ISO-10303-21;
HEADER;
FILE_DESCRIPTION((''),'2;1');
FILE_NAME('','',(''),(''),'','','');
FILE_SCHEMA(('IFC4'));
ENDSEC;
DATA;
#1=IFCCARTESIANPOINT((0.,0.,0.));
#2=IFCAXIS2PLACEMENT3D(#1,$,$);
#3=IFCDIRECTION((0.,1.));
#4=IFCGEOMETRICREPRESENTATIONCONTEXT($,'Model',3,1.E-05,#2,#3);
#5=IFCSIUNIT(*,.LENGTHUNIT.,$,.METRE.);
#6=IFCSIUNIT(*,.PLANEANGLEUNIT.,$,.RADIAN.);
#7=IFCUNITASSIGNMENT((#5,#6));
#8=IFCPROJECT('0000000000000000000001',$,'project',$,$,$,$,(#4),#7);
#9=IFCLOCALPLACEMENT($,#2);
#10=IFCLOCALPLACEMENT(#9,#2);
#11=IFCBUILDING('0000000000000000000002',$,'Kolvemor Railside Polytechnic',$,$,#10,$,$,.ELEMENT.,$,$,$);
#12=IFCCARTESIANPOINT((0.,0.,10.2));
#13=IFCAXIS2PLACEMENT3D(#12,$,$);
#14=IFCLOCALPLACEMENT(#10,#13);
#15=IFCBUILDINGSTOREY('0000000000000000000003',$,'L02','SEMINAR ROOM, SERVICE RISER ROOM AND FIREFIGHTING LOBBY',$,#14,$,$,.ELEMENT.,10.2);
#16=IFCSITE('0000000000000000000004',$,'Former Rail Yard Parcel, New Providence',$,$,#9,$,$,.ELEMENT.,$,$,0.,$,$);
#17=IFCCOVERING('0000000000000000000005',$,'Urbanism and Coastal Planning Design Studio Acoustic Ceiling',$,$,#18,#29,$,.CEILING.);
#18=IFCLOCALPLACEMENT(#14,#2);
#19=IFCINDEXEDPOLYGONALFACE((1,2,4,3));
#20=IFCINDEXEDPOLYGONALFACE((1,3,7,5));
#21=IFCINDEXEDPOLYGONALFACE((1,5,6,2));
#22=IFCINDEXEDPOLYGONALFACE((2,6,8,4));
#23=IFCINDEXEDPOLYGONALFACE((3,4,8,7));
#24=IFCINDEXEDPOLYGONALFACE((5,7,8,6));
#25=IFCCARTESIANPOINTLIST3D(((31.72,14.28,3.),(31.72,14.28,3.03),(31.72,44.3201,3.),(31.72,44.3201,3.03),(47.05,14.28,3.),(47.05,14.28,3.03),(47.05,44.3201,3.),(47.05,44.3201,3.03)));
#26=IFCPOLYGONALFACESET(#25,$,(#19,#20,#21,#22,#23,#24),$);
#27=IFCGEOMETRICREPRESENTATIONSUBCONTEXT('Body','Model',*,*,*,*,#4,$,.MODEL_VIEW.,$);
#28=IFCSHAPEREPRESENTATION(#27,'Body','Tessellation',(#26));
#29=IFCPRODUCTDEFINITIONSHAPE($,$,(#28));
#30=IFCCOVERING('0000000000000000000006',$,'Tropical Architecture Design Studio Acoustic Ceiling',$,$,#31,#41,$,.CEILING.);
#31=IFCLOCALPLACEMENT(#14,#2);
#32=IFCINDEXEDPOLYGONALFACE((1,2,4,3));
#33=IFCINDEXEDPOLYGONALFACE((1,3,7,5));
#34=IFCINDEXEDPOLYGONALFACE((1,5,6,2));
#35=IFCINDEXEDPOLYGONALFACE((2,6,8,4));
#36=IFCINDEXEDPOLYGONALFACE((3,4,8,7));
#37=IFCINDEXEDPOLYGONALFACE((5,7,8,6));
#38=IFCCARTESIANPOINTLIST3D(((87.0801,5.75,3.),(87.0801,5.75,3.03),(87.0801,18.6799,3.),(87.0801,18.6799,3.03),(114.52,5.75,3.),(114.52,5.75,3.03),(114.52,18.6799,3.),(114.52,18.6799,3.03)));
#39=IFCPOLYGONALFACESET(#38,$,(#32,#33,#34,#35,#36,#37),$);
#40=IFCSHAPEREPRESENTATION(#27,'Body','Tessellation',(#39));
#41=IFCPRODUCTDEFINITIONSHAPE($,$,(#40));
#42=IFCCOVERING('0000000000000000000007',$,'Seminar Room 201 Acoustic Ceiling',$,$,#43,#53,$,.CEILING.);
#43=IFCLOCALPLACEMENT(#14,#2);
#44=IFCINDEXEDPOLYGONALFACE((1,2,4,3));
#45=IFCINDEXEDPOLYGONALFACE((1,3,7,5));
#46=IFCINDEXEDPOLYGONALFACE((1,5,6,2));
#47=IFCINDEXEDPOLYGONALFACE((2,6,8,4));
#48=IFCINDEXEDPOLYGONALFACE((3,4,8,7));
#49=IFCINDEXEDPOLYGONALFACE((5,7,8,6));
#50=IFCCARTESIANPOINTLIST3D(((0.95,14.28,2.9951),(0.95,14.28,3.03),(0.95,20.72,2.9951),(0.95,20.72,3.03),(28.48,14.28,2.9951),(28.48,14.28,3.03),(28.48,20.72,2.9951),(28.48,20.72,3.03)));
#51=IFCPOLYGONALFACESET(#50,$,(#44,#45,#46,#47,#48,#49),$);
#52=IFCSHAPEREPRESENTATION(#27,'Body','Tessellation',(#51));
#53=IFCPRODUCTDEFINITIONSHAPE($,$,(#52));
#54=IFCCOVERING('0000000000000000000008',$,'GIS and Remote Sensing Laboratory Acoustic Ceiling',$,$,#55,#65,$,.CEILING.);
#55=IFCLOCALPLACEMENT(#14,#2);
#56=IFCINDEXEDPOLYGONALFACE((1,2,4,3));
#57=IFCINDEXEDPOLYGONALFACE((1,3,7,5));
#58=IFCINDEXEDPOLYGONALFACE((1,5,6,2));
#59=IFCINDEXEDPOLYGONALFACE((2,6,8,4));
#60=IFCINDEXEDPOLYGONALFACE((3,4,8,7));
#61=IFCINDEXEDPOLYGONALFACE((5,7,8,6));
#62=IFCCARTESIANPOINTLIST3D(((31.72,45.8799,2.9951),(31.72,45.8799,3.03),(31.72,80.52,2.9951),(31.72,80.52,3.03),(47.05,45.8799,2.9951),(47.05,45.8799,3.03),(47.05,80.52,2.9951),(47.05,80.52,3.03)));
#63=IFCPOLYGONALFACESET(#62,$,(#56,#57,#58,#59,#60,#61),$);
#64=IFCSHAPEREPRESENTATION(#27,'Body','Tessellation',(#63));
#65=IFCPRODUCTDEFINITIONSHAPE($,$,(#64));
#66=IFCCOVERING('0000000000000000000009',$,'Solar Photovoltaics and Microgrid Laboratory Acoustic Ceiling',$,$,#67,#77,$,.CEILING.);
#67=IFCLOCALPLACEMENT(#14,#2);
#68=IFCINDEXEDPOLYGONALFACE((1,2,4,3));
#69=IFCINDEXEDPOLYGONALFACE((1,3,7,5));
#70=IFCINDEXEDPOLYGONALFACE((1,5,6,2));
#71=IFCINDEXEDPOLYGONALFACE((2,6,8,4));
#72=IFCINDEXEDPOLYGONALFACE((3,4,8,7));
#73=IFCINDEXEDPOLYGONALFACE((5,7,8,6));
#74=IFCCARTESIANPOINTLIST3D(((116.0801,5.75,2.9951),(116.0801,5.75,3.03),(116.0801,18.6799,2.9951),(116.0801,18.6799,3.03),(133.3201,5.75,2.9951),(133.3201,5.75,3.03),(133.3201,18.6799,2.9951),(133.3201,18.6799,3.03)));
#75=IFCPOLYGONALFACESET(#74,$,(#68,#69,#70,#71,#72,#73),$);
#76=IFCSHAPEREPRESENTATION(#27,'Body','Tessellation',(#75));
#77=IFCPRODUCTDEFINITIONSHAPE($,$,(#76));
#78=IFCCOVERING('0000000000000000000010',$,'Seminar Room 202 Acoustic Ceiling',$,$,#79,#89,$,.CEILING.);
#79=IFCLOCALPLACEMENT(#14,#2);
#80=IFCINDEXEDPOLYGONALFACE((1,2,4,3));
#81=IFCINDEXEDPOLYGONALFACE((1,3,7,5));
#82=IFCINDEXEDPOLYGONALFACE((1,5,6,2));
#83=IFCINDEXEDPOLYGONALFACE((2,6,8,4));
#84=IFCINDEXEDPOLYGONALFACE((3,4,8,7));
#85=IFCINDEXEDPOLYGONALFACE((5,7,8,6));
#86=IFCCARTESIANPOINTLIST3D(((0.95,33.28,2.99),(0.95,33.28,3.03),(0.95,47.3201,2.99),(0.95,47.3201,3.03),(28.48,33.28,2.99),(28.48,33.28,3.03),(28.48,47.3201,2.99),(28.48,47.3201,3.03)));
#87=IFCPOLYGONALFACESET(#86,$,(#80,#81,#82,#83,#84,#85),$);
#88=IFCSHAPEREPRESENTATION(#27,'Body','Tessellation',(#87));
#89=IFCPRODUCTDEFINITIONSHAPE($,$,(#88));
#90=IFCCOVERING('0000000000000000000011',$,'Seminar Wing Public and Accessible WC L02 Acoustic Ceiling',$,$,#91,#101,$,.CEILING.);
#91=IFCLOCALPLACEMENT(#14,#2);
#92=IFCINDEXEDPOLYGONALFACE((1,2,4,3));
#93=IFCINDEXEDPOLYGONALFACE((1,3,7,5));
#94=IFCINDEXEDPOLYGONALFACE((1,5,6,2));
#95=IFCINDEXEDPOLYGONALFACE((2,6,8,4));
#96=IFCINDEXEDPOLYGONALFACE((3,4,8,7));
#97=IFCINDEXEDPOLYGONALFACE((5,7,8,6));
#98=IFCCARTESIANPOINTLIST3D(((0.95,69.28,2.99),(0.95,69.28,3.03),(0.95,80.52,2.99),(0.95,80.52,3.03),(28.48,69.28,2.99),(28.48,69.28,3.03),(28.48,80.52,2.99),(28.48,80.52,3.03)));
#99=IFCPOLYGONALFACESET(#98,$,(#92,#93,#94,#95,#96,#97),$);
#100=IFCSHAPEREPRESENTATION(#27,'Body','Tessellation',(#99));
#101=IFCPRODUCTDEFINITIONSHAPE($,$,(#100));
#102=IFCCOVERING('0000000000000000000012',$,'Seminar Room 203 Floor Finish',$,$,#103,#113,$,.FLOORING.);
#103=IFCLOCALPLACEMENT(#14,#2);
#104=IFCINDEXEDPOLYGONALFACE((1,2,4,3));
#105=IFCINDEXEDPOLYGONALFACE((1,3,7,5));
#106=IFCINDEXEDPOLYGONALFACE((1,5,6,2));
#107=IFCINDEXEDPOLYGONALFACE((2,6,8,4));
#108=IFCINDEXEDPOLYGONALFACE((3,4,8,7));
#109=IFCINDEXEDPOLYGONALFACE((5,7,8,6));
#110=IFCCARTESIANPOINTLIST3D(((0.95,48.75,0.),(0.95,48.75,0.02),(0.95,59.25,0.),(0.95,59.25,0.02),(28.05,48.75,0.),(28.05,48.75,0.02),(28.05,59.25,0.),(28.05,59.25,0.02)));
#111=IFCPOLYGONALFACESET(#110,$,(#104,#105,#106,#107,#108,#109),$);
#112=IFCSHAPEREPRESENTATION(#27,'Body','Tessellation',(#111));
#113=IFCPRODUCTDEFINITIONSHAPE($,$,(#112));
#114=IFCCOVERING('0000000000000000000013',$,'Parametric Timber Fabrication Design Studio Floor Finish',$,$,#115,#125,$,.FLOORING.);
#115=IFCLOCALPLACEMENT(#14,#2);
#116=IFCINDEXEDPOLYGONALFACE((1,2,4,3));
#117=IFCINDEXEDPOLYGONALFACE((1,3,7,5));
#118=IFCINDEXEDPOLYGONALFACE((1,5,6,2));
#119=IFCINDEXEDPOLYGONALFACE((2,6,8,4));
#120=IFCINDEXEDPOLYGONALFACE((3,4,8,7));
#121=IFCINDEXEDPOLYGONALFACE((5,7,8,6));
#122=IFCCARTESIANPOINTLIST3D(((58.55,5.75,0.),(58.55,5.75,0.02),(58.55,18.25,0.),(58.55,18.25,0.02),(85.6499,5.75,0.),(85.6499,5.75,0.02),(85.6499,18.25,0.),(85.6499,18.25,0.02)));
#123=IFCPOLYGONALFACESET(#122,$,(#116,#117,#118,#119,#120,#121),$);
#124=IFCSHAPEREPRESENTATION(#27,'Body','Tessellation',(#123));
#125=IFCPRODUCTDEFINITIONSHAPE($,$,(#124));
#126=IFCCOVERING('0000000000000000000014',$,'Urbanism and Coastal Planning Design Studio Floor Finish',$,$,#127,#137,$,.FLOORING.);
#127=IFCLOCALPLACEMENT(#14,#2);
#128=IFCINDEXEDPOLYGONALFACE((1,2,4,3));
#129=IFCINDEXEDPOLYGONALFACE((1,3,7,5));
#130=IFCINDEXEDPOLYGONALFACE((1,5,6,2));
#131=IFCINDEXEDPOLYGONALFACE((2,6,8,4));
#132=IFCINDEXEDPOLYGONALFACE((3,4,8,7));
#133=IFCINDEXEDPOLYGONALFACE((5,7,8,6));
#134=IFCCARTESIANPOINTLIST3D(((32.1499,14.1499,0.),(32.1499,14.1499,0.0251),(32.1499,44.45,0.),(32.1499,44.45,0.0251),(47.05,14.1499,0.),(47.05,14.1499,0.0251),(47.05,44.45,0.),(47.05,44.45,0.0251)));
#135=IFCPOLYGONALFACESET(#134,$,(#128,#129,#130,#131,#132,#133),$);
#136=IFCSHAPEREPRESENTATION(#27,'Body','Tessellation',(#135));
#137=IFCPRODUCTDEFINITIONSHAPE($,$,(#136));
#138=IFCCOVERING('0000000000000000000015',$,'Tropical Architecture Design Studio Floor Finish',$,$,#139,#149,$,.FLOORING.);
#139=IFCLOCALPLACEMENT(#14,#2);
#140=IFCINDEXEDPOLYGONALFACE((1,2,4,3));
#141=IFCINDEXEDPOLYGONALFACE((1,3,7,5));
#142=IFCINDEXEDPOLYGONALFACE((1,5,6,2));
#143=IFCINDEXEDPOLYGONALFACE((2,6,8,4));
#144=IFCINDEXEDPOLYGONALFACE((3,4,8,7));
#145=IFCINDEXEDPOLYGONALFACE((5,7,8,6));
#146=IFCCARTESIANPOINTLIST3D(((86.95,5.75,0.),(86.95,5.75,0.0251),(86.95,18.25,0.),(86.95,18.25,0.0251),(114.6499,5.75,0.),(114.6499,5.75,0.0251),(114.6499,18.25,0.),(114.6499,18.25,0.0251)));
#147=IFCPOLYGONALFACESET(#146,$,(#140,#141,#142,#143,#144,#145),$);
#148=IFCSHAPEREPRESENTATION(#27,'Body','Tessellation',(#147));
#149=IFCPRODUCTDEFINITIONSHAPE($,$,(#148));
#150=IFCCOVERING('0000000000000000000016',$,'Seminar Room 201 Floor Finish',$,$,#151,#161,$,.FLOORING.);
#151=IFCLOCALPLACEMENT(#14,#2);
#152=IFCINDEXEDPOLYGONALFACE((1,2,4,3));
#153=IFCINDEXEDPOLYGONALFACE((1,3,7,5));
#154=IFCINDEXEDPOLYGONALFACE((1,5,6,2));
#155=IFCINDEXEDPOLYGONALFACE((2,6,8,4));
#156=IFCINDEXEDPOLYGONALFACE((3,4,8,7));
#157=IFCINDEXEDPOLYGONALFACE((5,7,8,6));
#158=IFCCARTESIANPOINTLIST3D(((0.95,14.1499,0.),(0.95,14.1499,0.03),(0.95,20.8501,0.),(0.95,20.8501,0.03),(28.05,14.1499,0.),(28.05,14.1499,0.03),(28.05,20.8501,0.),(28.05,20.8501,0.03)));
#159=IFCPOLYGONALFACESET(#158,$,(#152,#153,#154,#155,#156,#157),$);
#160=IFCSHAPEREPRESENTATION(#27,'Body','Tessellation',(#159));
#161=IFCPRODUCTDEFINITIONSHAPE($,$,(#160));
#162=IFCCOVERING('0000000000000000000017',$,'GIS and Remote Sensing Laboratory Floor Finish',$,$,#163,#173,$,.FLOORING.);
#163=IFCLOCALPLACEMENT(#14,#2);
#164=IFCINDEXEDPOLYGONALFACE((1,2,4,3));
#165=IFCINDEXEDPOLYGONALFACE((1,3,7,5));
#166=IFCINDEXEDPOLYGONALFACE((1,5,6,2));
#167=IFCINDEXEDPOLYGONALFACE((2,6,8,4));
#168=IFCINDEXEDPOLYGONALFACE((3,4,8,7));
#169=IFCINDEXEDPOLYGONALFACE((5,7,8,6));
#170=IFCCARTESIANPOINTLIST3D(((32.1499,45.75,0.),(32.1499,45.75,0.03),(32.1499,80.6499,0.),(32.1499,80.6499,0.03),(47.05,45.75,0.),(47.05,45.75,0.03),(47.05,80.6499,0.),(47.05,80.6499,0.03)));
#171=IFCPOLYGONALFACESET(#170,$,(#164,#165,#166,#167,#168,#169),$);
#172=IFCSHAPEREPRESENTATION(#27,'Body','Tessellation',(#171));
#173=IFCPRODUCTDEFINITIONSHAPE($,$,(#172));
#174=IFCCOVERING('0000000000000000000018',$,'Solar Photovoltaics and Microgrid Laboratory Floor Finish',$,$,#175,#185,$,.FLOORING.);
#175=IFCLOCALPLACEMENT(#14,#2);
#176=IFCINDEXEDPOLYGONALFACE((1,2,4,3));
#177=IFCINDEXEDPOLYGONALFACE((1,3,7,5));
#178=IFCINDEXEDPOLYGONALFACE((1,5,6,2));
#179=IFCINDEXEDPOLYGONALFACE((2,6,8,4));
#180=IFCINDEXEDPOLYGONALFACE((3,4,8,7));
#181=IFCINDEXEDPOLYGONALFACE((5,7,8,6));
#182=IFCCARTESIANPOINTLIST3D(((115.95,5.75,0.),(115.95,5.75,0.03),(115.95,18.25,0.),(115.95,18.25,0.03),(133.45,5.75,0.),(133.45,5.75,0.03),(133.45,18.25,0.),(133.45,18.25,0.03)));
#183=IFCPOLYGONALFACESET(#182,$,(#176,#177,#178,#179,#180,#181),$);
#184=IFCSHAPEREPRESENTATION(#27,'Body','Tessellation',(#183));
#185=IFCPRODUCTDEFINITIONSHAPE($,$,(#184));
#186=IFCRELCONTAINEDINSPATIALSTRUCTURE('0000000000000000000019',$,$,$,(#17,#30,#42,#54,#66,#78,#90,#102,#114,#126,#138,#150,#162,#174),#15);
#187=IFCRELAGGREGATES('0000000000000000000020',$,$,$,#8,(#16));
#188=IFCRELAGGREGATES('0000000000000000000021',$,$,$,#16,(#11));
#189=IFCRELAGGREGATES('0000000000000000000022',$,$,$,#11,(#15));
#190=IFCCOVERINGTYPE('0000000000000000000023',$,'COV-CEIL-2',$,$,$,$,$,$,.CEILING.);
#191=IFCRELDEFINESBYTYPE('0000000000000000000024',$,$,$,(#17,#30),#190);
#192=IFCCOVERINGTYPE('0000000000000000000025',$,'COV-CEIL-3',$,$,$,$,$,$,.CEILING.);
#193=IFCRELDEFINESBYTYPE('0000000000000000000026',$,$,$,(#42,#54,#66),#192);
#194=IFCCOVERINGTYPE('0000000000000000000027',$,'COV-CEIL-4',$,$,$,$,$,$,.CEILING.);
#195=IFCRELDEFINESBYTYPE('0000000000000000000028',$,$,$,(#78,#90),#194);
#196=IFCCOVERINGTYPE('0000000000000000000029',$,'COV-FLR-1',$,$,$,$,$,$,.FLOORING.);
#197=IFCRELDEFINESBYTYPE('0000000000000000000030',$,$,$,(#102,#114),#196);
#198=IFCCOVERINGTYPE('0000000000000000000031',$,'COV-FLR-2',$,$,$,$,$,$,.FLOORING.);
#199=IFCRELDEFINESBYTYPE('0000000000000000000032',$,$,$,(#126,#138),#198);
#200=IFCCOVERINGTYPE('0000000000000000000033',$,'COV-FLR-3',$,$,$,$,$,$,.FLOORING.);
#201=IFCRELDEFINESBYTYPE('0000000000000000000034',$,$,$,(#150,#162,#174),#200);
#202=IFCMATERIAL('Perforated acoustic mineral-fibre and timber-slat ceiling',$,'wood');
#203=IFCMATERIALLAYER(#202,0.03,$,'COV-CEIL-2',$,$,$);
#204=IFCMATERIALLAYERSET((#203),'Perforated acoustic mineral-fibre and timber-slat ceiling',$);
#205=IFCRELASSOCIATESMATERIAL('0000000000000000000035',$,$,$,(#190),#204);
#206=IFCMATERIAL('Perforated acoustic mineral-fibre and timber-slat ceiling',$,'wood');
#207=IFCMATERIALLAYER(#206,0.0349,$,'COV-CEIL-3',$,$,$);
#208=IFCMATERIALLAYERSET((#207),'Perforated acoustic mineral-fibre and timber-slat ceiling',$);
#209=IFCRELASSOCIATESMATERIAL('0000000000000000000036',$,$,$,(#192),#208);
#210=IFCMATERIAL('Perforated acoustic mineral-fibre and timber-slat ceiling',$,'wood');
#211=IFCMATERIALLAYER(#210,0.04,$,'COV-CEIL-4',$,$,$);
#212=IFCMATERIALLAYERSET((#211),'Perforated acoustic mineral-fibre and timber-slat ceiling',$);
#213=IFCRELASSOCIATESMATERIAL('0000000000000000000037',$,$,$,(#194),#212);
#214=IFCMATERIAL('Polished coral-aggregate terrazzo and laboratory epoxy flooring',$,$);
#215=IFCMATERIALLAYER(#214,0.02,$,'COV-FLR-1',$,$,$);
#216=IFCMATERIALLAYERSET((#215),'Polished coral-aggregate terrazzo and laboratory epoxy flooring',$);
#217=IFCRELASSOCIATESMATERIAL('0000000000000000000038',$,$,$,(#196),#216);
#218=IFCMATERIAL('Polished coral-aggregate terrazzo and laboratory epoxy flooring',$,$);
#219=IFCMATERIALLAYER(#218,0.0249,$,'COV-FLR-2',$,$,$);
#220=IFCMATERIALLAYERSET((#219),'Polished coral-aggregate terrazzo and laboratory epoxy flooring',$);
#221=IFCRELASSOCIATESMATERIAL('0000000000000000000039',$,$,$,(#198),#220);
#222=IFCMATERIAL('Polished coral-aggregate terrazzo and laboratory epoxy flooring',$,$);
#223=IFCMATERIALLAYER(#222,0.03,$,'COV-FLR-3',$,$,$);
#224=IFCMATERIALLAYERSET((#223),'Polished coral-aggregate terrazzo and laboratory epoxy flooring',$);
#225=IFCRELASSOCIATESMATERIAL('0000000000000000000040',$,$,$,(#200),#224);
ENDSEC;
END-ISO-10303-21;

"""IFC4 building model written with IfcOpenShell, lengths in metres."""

from ifc_helpers import new_model, si_unit, direction, frame, origin, place, context, subcontext, project, spatial, polyline, outline, extrude, material, layer, layer_set, type_object, element, save


model = new_model("IFC4")

# Units and contexts
model_context = context("Model", 3, precision=1e-05, world=origin(), true_north=direction((0.0, 1.0)))
body_context = subcontext(model_context, "Body", "Model", "MODEL_VIEW")
ifc_project = project(units=[si_unit("LENGTHUNIT", "METRE"), si_unit("PLANEANGLEUNIT", "RADIAN")], contexts=[model_context])

# Site, building, storey
site_placement = place(None, origin())
site = spatial("IfcSite", under=ifc_project, at=site_placement, Name="Former Rail Yard Parcel, New Providence", CompositionType="ELEMENT", RefElevation=0.0)
building_placement = place(site_placement, origin())
building = spatial("IfcBuilding", under=site, at=building_placement, Name="Kolvemor Railside Polytechnic", CompositionType="ELEMENT")
storey_placement = place(building_placement, frame((0.0, 0.0, 10.2)))
storey = spatial("IfcBuildingStorey", under=building, at=storey_placement, Name="L02", Description="SEMINAR ROOM, SERVICE RISER ROOM AND FIREFIGHTING LOBBY", CompositionType="ELEMENT", Elevation=10.2)

# Coverings
ifc_material_1 = material(Name="Perforated acoustic mineral-fibre and timber-slat ceiling", Category="wood")
ifc_layer_1 = layer(ifc_material_1, 0.03, Name="COV-CEIL-2")
ifc_layer_set_1 = layer_set([ifc_layer_1], Name="Perforated acoustic mineral-fibre and timber-slat ceiling")
covering_type_1 = type_object("IfcCoveringType", Name="COV-CEIL-2", PredefinedType="CEILING", material=ifc_layer_set_1)
covering_1_placement = place(storey_placement, frame((0.0, 0.0, 3.0)))
element("IfcCovering", 1, at=covering_1_placement, inside=storey, type_object=covering_type_1, Name="Urbanism and Coastal Planning Design Studio Acoustic Ceiling", PredefinedType="CEILING", context=body_context, shape_type="SweptSolid", body=[
    extrude(outline(polyline([(31.72, 14.28), (47.05, 14.28), (47.05, 44.3201), (31.72, 44.3201), (31.72, 14.28)])), origin(), (0.0, 0.0, 1.0), 0.03),
])
covering_2_placement = place(storey_placement, frame((0.0, 0.0, 3.0)))
element("IfcCovering", 2, at=covering_2_placement, inside=storey, type_object=covering_type_1, Name="Tropical Architecture Design Studio Acoustic Ceiling", PredefinedType="CEILING", context=body_context, shape_type="SweptSolid", body=[
    extrude(outline(polyline([(87.0801, 5.75), (114.52, 5.75), (114.52, 18.6799), (87.0801, 18.6799), (87.0801, 5.75)])), origin(), (0.0, 0.0, 1.0), 0.03),
])
ifc_material_2 = material(Name="Perforated acoustic mineral-fibre and timber-slat ceiling", Category="wood")
ifc_layer_2 = layer(ifc_material_2, 0.0349, Name="COV-CEIL-3")
ifc_layer_set_2 = layer_set([ifc_layer_2], Name="Perforated acoustic mineral-fibre and timber-slat ceiling")
covering_type_2 = type_object("IfcCoveringType", Name="COV-CEIL-3", PredefinedType="CEILING", material=ifc_layer_set_2)
covering_3_placement = place(storey_placement, frame((0.0, 0.0, 2.9951)))
element("IfcCovering", 3, at=covering_3_placement, inside=storey, type_object=covering_type_2, Name="Seminar Room 201 Acoustic Ceiling", PredefinedType="CEILING", context=body_context, shape_type="SweptSolid", body=[
    extrude(outline(polyline([(0.95, 14.28), (28.48, 14.28), (28.48, 20.72), (0.95, 20.72), (0.95, 14.28)])), origin(), (0.0, 0.0, 1.0), 0.0349),
])
covering_4_placement = place(storey_placement, frame((0.0, 0.0, 2.9951)))
element("IfcCovering", 4, at=covering_4_placement, inside=storey, type_object=covering_type_2, Name="GIS and Remote Sensing Laboratory Acoustic Ceiling", PredefinedType="CEILING", context=body_context, shape_type="SweptSolid", body=[
    extrude(outline(polyline([(31.72, 45.8799), (47.05, 45.8799), (47.05, 80.52), (31.72, 80.52), (31.72, 45.8799)])), origin(), (0.0, 0.0, 1.0), 0.0349),
])
covering_5_placement = place(storey_placement, frame((0.0, 0.0, 2.9951)))
element("IfcCovering", 5, at=covering_5_placement, inside=storey, type_object=covering_type_2, Name="Solar Photovoltaics and Microgrid Laboratory Acoustic Ceiling", PredefinedType="CEILING", context=body_context, shape_type="SweptSolid", body=[
    extrude(outline(polyline([(116.0801, 5.75), (133.3201, 5.75), (133.3201, 18.6799), (116.0801, 18.6799), (116.0801, 5.75)])), origin(), (0.0, 0.0, 1.0), 0.0349),
])
ifc_material_3 = material(Name="Perforated acoustic mineral-fibre and timber-slat ceiling", Category="wood")
ifc_layer_3 = layer(ifc_material_3, 0.04, Name="COV-CEIL-4")
ifc_layer_set_3 = layer_set([ifc_layer_3], Name="Perforated acoustic mineral-fibre and timber-slat ceiling")
covering_type_3 = type_object("IfcCoveringType", Name="COV-CEIL-4", PredefinedType="CEILING", material=ifc_layer_set_3)
covering_6_placement = place(storey_placement, frame((0.0, 0.0, 2.99)))
element("IfcCovering", 6, at=covering_6_placement, inside=storey, type_object=covering_type_3, Name="Seminar Room 202 Acoustic Ceiling", PredefinedType="CEILING", context=body_context, shape_type="SweptSolid", body=[
    extrude(outline(polyline([(0.95, 33.28), (28.48, 33.28), (28.48, 47.3201), (0.95, 47.3201), (0.95, 33.28)])), origin(), (0.0, 0.0, 1.0), 0.04),
])
covering_7_placement = place(storey_placement, frame((0.0, 0.0, 2.99)))
element("IfcCovering", 7, at=covering_7_placement, inside=storey, type_object=covering_type_3, Name="Seminar Wing Public and Accessible WC L02 Acoustic Ceiling", PredefinedType="CEILING", context=body_context, shape_type="SweptSolid", body=[
    extrude(outline(polyline([(0.95, 69.28), (28.48, 69.28), (28.48, 80.52), (0.95, 80.52), (0.95, 69.28)])), origin(), (0.0, 0.0, 1.0), 0.04),
])
ifc_material_4 = material(Name="Polished coral-aggregate terrazzo and laboratory epoxy flooring")
ifc_layer_4 = layer(ifc_material_4, 0.02, Name="COV-FLR-1")
ifc_layer_set_4 = layer_set([ifc_layer_4], Name="Polished coral-aggregate terrazzo and laboratory epoxy flooring")
covering_type_4 = type_object("IfcCoveringType", Name="COV-FLR-1", PredefinedType="FLOORING", material=ifc_layer_set_4)
covering_8_placement = place(storey_placement, origin())
element("IfcCovering", 8, at=covering_8_placement, inside=storey, type_object=covering_type_4, Name="Seminar Room 203 Floor Finish", PredefinedType="FLOORING", context=body_context, shape_type="SweptSolid", body=[
    extrude(outline(polyline([(0.95, 48.75), (28.05, 48.75), (28.05, 59.25), (0.95, 59.25), (0.95, 48.75)])), origin(), (0.0, 0.0, 1.0), 0.02),
])
covering_9_placement = place(storey_placement, origin())
element("IfcCovering", 9, at=covering_9_placement, inside=storey, type_object=covering_type_4, Name="Parametric Timber Fabrication Design Studio Floor Finish", PredefinedType="FLOORING", context=body_context, shape_type="SweptSolid", body=[
    extrude(outline(polyline([(58.55, 5.75), (85.6499, 5.75), (85.6499, 18.25), (58.55, 18.25), (58.55, 5.75)])), origin(), (0.0, 0.0, 1.0), 0.02),
])
ifc_material_5 = material(Name="Polished coral-aggregate terrazzo and laboratory epoxy flooring")
ifc_layer_5 = layer(ifc_material_5, 0.0249, Name="COV-FLR-2")
ifc_layer_set_5 = layer_set([ifc_layer_5], Name="Polished coral-aggregate terrazzo and laboratory epoxy flooring")
covering_type_5 = type_object("IfcCoveringType", Name="COV-FLR-2", PredefinedType="FLOORING", material=ifc_layer_set_5)
covering_10_placement = place(storey_placement, origin())
element("IfcCovering", 10, at=covering_10_placement, inside=storey, type_object=covering_type_5, Name="Urbanism and Coastal Planning Design Studio Floor Finish", PredefinedType="FLOORING", context=body_context, shape_type="SweptSolid", body=[
    extrude(outline(polyline([(32.1499, 14.1499), (47.05, 14.1499), (47.05, 44.45), (32.1499, 44.45), (32.1499, 14.1499)])), origin(), (0.0, 0.0, 1.0), 0.0251),
])
covering_11_placement = place(storey_placement, origin())
element("IfcCovering", 11, at=covering_11_placement, inside=storey, type_object=covering_type_5, Name="Tropical Architecture Design Studio Floor Finish", PredefinedType="FLOORING", context=body_context, shape_type="SweptSolid", body=[
    extrude(outline(polyline([(86.95, 5.75), (114.6499, 5.75), (114.6499, 18.25), (86.95, 18.25), (86.95, 5.75)])), origin(), (0.0, 0.0, 1.0), 0.0251),
])
ifc_material_6 = material(Name="Polished coral-aggregate terrazzo and laboratory epoxy flooring")
ifc_layer_6 = layer(ifc_material_6, 0.03, Name="COV-FLR-3")
ifc_layer_set_6 = layer_set([ifc_layer_6], Name="Polished coral-aggregate terrazzo and laboratory epoxy flooring")
covering_type_6 = type_object("IfcCoveringType", Name="COV-FLR-3", PredefinedType="FLOORING", material=ifc_layer_set_6)
covering_12_placement = place(storey_placement, origin())
element("IfcCovering", 12, at=covering_12_placement, inside=storey, type_object=covering_type_6, Name="Seminar Room 201 Floor Finish", PredefinedType="FLOORING", context=body_context, shape_type="SweptSolid", body=[
    extrude(outline(polyline([(0.95, 14.1499), (28.05, 14.1499), (28.05, 20.8501), (0.95, 20.8501), (0.95, 14.1499)])), origin(), (0.0, 0.0, 1.0), 0.03),
])
covering_13_placement = place(storey_placement, origin())
element("IfcCovering", 13, at=covering_13_placement, inside=storey, type_object=covering_type_6, Name="GIS and Remote Sensing Laboratory Floor Finish", PredefinedType="FLOORING", context=body_context, shape_type="SweptSolid", body=[
    extrude(outline(polyline([(32.1499, 45.75), (47.05, 45.75), (47.05, 80.6499), (32.1499, 80.6499), (32.1499, 45.75)])), origin(), (0.0, 0.0, 1.0), 0.03),
])
covering_14_placement = place(storey_placement, origin())
element("IfcCovering", 14, at=covering_14_placement, inside=storey, type_object=covering_type_6, Name="Solar Photovoltaics and Microgrid Laboratory Floor Finish", PredefinedType="FLOORING", context=body_context, shape_type="SweptSolid", body=[
    extrude(outline(polyline([(115.95, 5.75), (133.45, 5.75), (133.45, 18.25), (115.95, 18.25), (115.95, 5.75)])), origin(), (0.0, 0.0, 1.0), 0.03),
])

save(model, "model.ifc")
